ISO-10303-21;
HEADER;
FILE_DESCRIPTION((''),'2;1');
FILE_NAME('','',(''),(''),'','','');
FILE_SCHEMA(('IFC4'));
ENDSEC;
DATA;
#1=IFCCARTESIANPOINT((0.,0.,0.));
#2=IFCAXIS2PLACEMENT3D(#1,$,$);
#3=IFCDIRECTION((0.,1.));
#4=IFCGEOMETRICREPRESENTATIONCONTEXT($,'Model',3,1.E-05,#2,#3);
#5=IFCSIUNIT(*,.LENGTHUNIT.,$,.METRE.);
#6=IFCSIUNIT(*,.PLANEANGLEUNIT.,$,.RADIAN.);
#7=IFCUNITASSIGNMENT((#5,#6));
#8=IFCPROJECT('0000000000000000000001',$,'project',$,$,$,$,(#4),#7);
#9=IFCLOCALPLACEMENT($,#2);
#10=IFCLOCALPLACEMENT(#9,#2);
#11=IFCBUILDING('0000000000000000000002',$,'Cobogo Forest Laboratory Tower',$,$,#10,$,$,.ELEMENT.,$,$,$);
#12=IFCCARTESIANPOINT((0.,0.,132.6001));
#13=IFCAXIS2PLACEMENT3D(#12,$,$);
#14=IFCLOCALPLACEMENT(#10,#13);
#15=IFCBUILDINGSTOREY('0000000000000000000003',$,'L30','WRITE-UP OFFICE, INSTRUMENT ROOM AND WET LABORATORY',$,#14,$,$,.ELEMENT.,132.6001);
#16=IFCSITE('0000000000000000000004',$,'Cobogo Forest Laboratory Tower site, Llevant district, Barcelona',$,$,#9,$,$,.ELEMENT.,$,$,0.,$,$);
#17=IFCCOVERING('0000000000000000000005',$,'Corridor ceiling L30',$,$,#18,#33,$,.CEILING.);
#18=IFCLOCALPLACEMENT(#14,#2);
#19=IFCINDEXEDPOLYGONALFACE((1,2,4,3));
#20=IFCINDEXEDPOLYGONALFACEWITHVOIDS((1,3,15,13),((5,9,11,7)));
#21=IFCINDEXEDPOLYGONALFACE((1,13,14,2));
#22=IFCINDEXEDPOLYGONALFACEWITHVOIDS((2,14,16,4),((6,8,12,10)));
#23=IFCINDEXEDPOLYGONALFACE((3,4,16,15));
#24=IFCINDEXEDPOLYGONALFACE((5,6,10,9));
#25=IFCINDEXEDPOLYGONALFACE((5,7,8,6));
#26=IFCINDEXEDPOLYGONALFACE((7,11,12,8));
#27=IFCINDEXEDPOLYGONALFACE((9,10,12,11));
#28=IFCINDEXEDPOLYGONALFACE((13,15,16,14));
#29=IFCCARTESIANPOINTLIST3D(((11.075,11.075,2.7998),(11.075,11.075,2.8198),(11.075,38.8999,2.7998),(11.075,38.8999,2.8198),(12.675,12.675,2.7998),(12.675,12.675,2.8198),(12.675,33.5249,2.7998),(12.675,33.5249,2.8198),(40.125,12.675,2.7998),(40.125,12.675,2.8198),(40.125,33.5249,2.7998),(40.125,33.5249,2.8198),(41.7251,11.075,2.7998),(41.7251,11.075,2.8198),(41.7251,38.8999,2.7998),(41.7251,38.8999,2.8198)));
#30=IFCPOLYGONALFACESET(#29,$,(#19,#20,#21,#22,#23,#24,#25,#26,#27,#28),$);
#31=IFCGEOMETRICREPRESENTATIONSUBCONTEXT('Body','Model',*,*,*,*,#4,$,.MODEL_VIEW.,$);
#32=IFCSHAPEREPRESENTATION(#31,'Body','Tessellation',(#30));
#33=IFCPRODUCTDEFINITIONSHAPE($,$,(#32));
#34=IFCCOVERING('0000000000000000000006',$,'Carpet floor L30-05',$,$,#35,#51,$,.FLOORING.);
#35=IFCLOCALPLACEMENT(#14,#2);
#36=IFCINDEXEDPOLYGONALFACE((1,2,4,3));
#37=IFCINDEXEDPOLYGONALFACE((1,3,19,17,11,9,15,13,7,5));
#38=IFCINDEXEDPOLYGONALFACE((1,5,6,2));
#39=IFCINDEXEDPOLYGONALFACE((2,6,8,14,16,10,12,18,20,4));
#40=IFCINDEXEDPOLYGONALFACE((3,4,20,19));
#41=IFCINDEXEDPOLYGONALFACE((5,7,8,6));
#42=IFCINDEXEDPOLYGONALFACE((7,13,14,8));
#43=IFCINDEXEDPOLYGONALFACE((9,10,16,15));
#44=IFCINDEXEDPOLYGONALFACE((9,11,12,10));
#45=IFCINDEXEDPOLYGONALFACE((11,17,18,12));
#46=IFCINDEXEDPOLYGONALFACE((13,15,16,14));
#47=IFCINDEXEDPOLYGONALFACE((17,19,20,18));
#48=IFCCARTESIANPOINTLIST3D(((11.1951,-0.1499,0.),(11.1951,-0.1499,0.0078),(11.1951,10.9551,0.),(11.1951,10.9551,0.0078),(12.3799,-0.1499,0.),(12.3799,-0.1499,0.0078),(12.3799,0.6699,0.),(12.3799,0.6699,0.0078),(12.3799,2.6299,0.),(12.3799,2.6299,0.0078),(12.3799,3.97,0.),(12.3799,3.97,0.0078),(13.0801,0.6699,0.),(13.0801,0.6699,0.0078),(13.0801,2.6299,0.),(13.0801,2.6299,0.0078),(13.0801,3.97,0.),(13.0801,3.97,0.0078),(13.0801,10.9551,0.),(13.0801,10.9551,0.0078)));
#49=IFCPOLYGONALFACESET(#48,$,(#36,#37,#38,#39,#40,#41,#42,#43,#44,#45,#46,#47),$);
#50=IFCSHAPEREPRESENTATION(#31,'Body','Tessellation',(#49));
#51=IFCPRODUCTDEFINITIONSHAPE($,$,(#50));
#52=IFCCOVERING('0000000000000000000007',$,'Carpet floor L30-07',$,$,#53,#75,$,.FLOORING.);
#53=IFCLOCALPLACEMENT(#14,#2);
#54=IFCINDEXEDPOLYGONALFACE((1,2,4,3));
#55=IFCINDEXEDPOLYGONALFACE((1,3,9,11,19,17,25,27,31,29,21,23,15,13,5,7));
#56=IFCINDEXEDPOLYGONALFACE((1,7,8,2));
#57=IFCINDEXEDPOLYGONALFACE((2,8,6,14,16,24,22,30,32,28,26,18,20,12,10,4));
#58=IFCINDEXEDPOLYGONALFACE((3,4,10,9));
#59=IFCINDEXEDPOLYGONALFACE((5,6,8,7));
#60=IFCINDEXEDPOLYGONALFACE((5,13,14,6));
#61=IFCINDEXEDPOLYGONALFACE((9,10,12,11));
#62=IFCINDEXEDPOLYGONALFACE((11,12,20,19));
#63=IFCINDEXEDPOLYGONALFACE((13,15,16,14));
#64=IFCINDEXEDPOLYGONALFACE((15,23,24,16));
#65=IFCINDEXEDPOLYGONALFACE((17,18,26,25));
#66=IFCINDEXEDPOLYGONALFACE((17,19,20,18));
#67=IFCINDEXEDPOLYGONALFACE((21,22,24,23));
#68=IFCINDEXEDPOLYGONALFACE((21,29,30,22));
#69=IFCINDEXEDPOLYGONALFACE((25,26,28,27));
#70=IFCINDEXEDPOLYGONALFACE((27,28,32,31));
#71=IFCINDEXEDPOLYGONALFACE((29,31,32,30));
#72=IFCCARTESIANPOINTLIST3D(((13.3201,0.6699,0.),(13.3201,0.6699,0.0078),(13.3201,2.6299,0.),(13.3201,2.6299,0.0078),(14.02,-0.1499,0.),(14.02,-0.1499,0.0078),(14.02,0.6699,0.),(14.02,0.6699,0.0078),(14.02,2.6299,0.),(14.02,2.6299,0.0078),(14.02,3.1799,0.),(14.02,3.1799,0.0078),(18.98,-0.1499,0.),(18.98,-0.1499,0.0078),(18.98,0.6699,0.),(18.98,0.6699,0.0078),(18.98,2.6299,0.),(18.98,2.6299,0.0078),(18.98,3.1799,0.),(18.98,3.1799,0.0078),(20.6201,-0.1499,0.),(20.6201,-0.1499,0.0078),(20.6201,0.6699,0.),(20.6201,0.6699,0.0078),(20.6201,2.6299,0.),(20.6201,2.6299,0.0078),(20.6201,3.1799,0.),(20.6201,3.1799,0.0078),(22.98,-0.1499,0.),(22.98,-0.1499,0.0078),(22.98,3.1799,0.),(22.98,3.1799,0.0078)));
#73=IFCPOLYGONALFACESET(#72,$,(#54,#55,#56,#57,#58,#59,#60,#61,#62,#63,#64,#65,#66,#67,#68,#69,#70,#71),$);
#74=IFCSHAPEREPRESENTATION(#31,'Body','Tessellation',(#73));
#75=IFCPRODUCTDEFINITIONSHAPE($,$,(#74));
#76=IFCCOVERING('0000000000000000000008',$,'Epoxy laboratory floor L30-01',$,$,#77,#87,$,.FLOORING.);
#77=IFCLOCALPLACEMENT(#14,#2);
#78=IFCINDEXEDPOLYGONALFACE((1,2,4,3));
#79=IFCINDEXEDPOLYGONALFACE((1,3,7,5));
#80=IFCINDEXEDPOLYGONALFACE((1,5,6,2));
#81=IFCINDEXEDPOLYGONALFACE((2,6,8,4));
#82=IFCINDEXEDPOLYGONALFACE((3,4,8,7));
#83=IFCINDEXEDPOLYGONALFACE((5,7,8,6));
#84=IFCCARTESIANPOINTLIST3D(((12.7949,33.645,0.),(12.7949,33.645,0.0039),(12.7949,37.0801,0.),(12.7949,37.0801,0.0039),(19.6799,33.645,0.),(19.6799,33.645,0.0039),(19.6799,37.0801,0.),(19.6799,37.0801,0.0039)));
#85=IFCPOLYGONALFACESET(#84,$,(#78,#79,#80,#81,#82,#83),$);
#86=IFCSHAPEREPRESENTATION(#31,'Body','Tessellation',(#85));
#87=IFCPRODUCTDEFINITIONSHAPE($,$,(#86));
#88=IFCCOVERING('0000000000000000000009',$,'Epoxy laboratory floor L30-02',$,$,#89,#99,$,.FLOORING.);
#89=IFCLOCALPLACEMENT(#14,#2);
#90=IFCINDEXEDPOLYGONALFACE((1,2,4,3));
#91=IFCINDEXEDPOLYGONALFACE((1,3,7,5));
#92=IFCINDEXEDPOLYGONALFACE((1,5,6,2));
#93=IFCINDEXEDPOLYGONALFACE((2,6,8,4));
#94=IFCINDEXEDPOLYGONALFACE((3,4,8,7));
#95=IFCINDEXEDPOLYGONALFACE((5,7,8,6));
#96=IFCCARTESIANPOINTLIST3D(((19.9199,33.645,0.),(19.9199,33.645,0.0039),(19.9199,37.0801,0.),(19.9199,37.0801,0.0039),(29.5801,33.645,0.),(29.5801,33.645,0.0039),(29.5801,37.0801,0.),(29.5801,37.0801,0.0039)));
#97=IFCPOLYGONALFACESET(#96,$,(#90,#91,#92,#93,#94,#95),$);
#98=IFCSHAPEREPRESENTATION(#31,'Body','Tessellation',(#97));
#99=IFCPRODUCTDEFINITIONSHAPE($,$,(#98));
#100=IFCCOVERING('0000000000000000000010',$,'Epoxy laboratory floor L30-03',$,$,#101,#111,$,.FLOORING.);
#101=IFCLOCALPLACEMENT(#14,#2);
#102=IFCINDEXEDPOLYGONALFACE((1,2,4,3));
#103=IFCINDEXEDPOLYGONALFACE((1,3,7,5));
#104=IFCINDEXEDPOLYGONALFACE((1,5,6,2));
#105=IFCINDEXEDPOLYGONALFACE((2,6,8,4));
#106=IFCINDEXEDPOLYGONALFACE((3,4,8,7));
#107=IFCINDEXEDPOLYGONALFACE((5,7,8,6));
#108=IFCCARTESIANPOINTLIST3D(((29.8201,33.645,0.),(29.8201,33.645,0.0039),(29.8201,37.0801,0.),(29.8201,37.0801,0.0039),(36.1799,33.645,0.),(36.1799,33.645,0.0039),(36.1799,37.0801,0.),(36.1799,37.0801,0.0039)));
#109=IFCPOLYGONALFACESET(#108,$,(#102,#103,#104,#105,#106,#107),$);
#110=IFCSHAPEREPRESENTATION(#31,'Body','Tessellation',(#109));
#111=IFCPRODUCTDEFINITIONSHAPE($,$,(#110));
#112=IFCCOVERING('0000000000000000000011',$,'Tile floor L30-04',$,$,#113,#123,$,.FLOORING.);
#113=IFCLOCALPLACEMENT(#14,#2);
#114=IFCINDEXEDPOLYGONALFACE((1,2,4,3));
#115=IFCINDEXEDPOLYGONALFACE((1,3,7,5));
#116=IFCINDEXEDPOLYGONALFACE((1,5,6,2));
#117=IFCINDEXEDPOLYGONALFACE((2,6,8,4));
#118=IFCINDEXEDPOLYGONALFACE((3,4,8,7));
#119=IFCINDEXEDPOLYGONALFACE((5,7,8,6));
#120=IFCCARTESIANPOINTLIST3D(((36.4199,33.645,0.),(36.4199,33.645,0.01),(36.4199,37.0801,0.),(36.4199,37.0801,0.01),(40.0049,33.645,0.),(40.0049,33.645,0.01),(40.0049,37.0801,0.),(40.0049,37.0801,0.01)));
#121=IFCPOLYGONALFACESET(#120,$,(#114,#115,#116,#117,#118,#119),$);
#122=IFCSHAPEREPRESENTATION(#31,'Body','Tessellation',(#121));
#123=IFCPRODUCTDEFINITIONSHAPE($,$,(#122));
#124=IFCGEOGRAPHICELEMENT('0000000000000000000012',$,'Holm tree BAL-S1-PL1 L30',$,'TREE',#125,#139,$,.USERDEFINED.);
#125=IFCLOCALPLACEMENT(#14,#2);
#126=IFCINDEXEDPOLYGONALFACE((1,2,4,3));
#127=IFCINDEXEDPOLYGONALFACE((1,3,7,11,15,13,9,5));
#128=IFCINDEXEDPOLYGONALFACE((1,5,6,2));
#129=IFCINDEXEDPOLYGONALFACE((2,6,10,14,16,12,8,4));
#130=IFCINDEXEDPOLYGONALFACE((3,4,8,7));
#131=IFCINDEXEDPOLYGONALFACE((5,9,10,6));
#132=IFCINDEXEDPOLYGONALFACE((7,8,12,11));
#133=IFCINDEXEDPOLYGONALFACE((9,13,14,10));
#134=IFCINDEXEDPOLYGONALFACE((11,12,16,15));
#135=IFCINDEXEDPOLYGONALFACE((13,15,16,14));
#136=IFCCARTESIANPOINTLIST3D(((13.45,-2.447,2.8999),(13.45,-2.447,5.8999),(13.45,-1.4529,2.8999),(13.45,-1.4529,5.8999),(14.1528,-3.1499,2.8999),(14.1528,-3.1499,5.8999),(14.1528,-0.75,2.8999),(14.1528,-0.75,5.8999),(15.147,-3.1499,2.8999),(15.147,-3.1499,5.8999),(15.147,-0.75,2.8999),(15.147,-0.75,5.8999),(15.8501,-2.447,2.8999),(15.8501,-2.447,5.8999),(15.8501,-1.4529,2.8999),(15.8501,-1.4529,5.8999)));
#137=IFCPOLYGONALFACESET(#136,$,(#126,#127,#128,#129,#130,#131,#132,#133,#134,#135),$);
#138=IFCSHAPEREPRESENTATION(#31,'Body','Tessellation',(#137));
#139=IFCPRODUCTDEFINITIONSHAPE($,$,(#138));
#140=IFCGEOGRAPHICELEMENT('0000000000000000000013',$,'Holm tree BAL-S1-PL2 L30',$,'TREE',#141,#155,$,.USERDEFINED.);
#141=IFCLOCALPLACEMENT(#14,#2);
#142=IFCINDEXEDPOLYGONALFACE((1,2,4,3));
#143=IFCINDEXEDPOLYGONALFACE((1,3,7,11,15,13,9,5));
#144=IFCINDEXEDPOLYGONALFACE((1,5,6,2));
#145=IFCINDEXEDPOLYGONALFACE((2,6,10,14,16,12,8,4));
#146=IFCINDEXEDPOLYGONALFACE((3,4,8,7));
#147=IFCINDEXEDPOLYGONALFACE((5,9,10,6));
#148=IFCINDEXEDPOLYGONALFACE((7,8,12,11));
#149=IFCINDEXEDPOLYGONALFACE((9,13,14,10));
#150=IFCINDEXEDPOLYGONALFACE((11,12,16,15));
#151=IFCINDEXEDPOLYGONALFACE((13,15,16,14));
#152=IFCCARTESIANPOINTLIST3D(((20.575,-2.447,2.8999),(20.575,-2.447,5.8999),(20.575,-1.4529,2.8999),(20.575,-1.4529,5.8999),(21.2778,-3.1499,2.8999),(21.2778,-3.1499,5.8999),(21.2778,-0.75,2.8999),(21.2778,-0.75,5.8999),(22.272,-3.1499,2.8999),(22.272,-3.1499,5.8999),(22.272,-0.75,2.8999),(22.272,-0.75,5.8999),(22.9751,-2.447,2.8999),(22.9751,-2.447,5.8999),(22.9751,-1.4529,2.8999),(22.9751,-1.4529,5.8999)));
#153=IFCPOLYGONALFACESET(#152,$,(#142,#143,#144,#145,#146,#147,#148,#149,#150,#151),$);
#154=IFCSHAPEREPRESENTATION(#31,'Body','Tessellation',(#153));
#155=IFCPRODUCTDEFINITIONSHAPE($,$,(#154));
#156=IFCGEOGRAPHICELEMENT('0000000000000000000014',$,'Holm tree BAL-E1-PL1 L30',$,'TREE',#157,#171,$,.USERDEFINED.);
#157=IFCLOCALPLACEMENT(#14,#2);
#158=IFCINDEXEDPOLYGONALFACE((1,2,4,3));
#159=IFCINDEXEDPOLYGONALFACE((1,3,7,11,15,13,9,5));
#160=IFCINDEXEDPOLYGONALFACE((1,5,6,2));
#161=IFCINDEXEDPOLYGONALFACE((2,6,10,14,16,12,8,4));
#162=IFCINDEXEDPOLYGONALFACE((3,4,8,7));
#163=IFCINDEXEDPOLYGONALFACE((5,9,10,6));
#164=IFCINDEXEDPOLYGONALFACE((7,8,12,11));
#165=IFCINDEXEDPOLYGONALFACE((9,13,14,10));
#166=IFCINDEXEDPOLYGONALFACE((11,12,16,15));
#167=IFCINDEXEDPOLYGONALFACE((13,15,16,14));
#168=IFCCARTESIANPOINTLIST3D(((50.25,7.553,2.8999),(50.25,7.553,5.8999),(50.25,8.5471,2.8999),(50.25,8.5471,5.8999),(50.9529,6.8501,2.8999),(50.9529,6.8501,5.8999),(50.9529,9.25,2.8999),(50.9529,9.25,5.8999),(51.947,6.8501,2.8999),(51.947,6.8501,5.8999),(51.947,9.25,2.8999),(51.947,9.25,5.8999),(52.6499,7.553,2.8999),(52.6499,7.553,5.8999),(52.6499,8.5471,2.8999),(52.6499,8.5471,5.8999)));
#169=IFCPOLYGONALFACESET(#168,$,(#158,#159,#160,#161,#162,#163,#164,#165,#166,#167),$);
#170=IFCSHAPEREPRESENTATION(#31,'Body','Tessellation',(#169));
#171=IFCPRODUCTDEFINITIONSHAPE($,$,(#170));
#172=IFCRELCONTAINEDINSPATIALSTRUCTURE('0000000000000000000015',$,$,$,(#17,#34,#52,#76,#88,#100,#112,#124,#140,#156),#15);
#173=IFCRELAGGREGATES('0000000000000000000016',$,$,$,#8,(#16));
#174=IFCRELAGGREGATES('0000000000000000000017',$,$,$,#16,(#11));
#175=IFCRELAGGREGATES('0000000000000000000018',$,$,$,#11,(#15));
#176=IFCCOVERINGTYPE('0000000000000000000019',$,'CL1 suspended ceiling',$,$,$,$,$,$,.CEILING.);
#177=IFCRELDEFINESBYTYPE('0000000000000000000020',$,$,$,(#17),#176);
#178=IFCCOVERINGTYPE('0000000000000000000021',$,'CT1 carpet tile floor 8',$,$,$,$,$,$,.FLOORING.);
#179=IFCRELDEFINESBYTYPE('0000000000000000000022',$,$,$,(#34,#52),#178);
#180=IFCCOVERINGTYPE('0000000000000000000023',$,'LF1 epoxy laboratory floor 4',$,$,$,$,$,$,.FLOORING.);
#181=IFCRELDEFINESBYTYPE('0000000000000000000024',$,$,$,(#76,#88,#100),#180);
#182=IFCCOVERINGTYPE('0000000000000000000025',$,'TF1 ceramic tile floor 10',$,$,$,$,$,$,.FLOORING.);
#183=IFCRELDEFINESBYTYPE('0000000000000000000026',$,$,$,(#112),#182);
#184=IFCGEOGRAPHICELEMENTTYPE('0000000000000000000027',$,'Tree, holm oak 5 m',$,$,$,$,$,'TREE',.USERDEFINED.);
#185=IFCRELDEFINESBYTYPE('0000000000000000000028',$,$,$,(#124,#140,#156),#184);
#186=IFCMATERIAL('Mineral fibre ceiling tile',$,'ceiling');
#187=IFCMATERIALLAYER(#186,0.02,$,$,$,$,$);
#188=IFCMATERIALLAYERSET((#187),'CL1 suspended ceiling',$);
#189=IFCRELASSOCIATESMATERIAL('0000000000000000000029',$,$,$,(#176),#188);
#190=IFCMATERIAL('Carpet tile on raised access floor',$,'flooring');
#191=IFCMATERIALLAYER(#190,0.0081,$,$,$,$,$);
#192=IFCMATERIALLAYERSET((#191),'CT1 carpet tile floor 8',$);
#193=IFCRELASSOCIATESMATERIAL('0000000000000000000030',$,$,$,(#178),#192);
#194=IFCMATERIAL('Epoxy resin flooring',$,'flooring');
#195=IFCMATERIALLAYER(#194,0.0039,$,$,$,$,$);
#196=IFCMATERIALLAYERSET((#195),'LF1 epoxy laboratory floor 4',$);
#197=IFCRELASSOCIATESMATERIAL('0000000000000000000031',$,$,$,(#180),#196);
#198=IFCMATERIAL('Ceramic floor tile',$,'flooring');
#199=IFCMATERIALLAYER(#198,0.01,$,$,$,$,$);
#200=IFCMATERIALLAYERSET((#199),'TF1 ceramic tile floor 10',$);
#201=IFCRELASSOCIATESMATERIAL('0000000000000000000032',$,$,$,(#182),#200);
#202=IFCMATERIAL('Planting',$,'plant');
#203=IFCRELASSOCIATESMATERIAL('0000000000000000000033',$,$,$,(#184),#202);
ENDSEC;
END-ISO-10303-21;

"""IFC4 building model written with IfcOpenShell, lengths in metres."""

from ifc_helpers import new_model, si_unit, direction, frame, origin, place, context, subcontext, project, spatial, polyline, outline, extrude, material, layer, layer_set, type_object, element, save


model = new_model("IFC4")

# Units and contexts
model_context = context("Model", 3, precision=1e-05, world=origin(), true_north=direction((0.0, 1.0)))
body_context = subcontext(model_context, "Body", "Model", "MODEL_VIEW")
ifc_project = project(units=[si_unit("LENGTHUNIT", "METRE"), si_unit("PLANEANGLEUNIT", "RADIAN")], contexts=[model_context])

# Site, building, storey
site_placement = place(None, origin())
site = spatial("IfcSite", under=ifc_project, at=site_placement, Name="Cobogo Forest Laboratory Tower site, Llevant district, Barcelona", CompositionType="ELEMENT", RefElevation=0.0)
building_placement = place(site_placement, origin())
building = spatial("IfcBuilding", under=site, at=building_placement, Name="Cobogo Forest Laboratory Tower", CompositionType="ELEMENT")
storey_placement = place(building_placement, frame((0.0, 0.0, 132.6001)))
storey = spatial("IfcBuildingStorey", under=building, at=storey_placement, Name="L30", Description="WRITE-UP OFFICE, INSTRUMENT ROOM AND WET LABORATORY", CompositionType="ELEMENT", Elevation=132.6001)

# Coverings
ifc_material_1 = material(Name="Mineral fibre ceiling tile", Category="ceiling")
ifc_layer_1 = layer(ifc_material_1, 0.02)
ifc_layer_set_1 = layer_set([ifc_layer_1], Name="CL1 suspended ceiling")
covering_type_1 = type_object("IfcCoveringType", Name="CL1 suspended ceiling", PredefinedType="CEILING", material=ifc_layer_set_1)
covering_1_placement = place(storey_placement, frame((0.0, 0.0, 2.7998)))
element("IfcCovering", 1, at=covering_1_placement, inside=storey, type_object=covering_type_1, Name="Corridor ceiling L30", PredefinedType="CEILING", context=body_context, shape_type="SweptSolid", body=[
    extrude(outline(polyline([(11.075, 11.075), (11.075, 38.8999), (41.7251, 38.8999), (41.7251, 11.075), (11.075, 11.075)]), holes=[polyline([(40.125, 33.5249), (12.675, 33.5249), (12.675, 12.675), (40.125, 12.675), (40.125, 33.5249)])]), origin(), (0.0, 0.0, 1.0), 0.02),
])
ifc_material_2 = material(Name="Carpet tile on raised access floor", Category="flooring")
ifc_layer_2 = layer(ifc_material_2, 0.0081)
ifc_layer_set_2 = layer_set([ifc_layer_2], Name="CT1 carpet tile floor 8")
covering_type_2 = type_object("IfcCoveringType", Name="CT1 carpet tile floor 8", PredefinedType="FLOORING", material=ifc_layer_set_2)
covering_2_placement = place(storey_placement, origin())
element("IfcCovering", 2, at=covering_2_placement, inside=storey, type_object=covering_type_2, Name="Carpet floor L30-05", PredefinedType="FLOORING", context=body_context, shape_type="SweptSolid", body=[
    extrude(outline(polyline([(13.0801, 10.9551), (13.0801, 3.97), (12.3799, 3.97), (12.3799, 2.6299), (13.0801, 2.6299), (13.0801, 0.6699), (12.3799, 0.6699), (12.3799, -0.1499), (11.1951, -0.1499), (11.1951, 10.9551), (13.0801, 10.9551)])), origin(), (0.0, 0.0, 1.0), 0.0078),
])
covering_3_placement = place(storey_placement, origin())
element("IfcCovering", 3, at=covering_3_placement, inside=storey, type_object=covering_type_2, Name="Carpet floor L30-07", PredefinedType="FLOORING", context=body_context, shape_type="SweptSolid", body=[
    extrude(outline(polyline([(18.98, 3.1799), (18.98, 2.6299), (20.6201, 2.6299), (20.6201, 3.1799), (22.98, 3.1799), (22.98, -0.1499), (20.6201, -0.1499), (20.6201, 0.6699), (18.98, 0.6699), (18.98, -0.1499), (14.02, -0.1499), (14.02, 0.6699), (13.3201, 0.6699), (13.3201, 2.6299), (14.02, 2.6299), (14.02, 3.1799), (18.98, 3.1799)])), origin(), (0.0, 0.0, 1.0), 0.0078),
])
ifc_material_3 = material(Name="Epoxy resin flooring", Category="flooring")
ifc_layer_3 = layer(ifc_material_3, 0.0039)
ifc_layer_set_3 = layer_set([ifc_layer_3], Name="LF1 epoxy laboratory floor 4")
covering_type_3 = type_object("IfcCoveringType", Name="LF1 epoxy laboratory floor 4", PredefinedType="FLOORING", material=ifc_layer_set_3)
covering_4_placement = place(storey_placement, origin())
element("IfcCovering", 4, at=covering_4_placement, inside=storey, type_object=covering_type_3, Name="Epoxy laboratory floor L30-01", PredefinedType="FLOORING", context=body_context, shape_type="SweptSolid", body=[
    extrude(outline(polyline([(19.6799, 33.645), (12.7949, 33.645), (12.7949, 37.0801), (19.6799, 37.0801), (19.6799, 33.645)])), origin(), (0.0, 0.0, 1.0), 0.0039),
])
covering_5_placement = place(storey_placement, origin())
element("IfcCovering", 5, at=covering_5_placement, inside=storey, type_object=covering_type_3, Name="Epoxy laboratory floor L30-02", PredefinedType="FLOORING", context=body_context, shape_type="SweptSolid", body=[
    extrude(outline(polyline([(29.5801, 33.645), (19.9199, 33.645), (19.9199, 37.0801), (29.5801, 37.0801), (29.5801, 33.645)])), origin(), (0.0, 0.0, 1.0), 0.0039),
])
covering_6_placement = place(storey_placement, origin())
element("IfcCovering", 6, at=covering_6_placement, inside=storey, type_object=covering_type_3, Name="Epoxy laboratory floor L30-03", PredefinedType="FLOORING", context=body_context, shape_type="SweptSolid", body=[
    extrude(outline(polyline([(36.1799, 33.645), (29.8201, 33.645), (29.8201, 37.0801), (36.1799, 37.0801), (36.1799, 33.645)])), origin(), (0.0, 0.0, 1.0), 0.0039),
])
ifc_material_4 = material(Name="Ceramic floor tile", Category="flooring")
ifc_layer_4 = layer(ifc_material_4, 0.01)
ifc_layer_set_4 = layer_set([ifc_layer_4], Name="TF1 ceramic tile floor 10")
covering_type_4 = type_object("IfcCoveringType", Name="TF1 ceramic tile floor 10", PredefinedType="FLOORING", material=ifc_layer_set_4)
covering_7_placement = place(storey_placement, origin())
element("IfcCovering", 7, at=covering_7_placement, inside=storey, type_object=covering_type_4, Name="Tile floor L30-04", PredefinedType="FLOORING", context=body_context, shape_type="SweptSolid", body=[
    extrude(outline(polyline([(40.0049, 33.645), (36.4199, 33.645), (36.4199, 37.0801), (40.0049, 37.0801), (40.0049, 33.645)])), origin(), (0.0, 0.0, 1.0), 0.01),
])

# Geographic elements
ifc_material_5 = material(Name="Planting", Category="plant")
geographic_element_type = type_object("IfcGeographicElementType", Name="Tree, holm oak 5 m", ElementType="TREE", PredefinedType="USERDEFINED", material=ifc_material_5)
geographic_element_1_placement = place(storey_placement, frame((0.0, 0.0, 2.8999)))
element("IfcGeographicElement", 8, at=geographic_element_1_placement, inside=storey, type_object=geographic_element_type, Name="Holm tree BAL-S1-PL1 L30", ObjectType="TREE", PredefinedType="USERDEFINED", context=body_context, shape_type="SweptSolid", body=[
    extrude(outline(polyline([(15.8501, -2.447), (15.8501, -1.4529), (15.147, -0.75), (14.1528, -0.75), (13.45, -1.4529), (13.45, -2.447), (14.1528, -3.1499), (15.147, -3.1499), (15.8501, -2.447)])), origin(), (0.0, 0.0, 1.0), 3.0),
])
geographic_element_2_placement = place(storey_placement, frame((0.0, 0.0, 2.8999)))
element("IfcGeographicElement", 9, at=geographic_element_2_placement, inside=storey, type_object=geographic_element_type, Name="Holm tree BAL-S1-PL2 L30", ObjectType="TREE", PredefinedType="USERDEFINED", context=body_context, shape_type="SweptSolid", body=[
    extrude(outline(polyline([(22.9751, -2.447), (22.9751, -1.4529), (22.272, -0.75), (21.2778, -0.75), (20.575, -1.4529), (20.575, -2.447), (21.2778, -3.1499), (22.272, -3.1499), (22.9751, -2.447)])), origin(), (0.0, 0.0, 1.0), 3.0),
])
geographic_element_3_placement = place(storey_placement, frame((0.0, 0.0, 2.8999)))
element("IfcGeographicElement", 10, at=geographic_element_3_placement, inside=storey, type_object=geographic_element_type, Name="Holm tree BAL-E1-PL1 L30", ObjectType="TREE", PredefinedType="USERDEFINED", context=body_context, shape_type="SweptSolid", body=[
    extrude(outline(polyline([(52.6499, 7.553), (52.6499, 8.5471), (51.947, 9.25), (50.9529, 9.25), (50.25, 8.5471), (50.25, 7.553), (50.9529, 6.8501), (51.947, 6.8501), (52.6499, 7.553)])), origin(), (0.0, 0.0, 1.0), 3.0),
])

save(model, "model.ifc")
